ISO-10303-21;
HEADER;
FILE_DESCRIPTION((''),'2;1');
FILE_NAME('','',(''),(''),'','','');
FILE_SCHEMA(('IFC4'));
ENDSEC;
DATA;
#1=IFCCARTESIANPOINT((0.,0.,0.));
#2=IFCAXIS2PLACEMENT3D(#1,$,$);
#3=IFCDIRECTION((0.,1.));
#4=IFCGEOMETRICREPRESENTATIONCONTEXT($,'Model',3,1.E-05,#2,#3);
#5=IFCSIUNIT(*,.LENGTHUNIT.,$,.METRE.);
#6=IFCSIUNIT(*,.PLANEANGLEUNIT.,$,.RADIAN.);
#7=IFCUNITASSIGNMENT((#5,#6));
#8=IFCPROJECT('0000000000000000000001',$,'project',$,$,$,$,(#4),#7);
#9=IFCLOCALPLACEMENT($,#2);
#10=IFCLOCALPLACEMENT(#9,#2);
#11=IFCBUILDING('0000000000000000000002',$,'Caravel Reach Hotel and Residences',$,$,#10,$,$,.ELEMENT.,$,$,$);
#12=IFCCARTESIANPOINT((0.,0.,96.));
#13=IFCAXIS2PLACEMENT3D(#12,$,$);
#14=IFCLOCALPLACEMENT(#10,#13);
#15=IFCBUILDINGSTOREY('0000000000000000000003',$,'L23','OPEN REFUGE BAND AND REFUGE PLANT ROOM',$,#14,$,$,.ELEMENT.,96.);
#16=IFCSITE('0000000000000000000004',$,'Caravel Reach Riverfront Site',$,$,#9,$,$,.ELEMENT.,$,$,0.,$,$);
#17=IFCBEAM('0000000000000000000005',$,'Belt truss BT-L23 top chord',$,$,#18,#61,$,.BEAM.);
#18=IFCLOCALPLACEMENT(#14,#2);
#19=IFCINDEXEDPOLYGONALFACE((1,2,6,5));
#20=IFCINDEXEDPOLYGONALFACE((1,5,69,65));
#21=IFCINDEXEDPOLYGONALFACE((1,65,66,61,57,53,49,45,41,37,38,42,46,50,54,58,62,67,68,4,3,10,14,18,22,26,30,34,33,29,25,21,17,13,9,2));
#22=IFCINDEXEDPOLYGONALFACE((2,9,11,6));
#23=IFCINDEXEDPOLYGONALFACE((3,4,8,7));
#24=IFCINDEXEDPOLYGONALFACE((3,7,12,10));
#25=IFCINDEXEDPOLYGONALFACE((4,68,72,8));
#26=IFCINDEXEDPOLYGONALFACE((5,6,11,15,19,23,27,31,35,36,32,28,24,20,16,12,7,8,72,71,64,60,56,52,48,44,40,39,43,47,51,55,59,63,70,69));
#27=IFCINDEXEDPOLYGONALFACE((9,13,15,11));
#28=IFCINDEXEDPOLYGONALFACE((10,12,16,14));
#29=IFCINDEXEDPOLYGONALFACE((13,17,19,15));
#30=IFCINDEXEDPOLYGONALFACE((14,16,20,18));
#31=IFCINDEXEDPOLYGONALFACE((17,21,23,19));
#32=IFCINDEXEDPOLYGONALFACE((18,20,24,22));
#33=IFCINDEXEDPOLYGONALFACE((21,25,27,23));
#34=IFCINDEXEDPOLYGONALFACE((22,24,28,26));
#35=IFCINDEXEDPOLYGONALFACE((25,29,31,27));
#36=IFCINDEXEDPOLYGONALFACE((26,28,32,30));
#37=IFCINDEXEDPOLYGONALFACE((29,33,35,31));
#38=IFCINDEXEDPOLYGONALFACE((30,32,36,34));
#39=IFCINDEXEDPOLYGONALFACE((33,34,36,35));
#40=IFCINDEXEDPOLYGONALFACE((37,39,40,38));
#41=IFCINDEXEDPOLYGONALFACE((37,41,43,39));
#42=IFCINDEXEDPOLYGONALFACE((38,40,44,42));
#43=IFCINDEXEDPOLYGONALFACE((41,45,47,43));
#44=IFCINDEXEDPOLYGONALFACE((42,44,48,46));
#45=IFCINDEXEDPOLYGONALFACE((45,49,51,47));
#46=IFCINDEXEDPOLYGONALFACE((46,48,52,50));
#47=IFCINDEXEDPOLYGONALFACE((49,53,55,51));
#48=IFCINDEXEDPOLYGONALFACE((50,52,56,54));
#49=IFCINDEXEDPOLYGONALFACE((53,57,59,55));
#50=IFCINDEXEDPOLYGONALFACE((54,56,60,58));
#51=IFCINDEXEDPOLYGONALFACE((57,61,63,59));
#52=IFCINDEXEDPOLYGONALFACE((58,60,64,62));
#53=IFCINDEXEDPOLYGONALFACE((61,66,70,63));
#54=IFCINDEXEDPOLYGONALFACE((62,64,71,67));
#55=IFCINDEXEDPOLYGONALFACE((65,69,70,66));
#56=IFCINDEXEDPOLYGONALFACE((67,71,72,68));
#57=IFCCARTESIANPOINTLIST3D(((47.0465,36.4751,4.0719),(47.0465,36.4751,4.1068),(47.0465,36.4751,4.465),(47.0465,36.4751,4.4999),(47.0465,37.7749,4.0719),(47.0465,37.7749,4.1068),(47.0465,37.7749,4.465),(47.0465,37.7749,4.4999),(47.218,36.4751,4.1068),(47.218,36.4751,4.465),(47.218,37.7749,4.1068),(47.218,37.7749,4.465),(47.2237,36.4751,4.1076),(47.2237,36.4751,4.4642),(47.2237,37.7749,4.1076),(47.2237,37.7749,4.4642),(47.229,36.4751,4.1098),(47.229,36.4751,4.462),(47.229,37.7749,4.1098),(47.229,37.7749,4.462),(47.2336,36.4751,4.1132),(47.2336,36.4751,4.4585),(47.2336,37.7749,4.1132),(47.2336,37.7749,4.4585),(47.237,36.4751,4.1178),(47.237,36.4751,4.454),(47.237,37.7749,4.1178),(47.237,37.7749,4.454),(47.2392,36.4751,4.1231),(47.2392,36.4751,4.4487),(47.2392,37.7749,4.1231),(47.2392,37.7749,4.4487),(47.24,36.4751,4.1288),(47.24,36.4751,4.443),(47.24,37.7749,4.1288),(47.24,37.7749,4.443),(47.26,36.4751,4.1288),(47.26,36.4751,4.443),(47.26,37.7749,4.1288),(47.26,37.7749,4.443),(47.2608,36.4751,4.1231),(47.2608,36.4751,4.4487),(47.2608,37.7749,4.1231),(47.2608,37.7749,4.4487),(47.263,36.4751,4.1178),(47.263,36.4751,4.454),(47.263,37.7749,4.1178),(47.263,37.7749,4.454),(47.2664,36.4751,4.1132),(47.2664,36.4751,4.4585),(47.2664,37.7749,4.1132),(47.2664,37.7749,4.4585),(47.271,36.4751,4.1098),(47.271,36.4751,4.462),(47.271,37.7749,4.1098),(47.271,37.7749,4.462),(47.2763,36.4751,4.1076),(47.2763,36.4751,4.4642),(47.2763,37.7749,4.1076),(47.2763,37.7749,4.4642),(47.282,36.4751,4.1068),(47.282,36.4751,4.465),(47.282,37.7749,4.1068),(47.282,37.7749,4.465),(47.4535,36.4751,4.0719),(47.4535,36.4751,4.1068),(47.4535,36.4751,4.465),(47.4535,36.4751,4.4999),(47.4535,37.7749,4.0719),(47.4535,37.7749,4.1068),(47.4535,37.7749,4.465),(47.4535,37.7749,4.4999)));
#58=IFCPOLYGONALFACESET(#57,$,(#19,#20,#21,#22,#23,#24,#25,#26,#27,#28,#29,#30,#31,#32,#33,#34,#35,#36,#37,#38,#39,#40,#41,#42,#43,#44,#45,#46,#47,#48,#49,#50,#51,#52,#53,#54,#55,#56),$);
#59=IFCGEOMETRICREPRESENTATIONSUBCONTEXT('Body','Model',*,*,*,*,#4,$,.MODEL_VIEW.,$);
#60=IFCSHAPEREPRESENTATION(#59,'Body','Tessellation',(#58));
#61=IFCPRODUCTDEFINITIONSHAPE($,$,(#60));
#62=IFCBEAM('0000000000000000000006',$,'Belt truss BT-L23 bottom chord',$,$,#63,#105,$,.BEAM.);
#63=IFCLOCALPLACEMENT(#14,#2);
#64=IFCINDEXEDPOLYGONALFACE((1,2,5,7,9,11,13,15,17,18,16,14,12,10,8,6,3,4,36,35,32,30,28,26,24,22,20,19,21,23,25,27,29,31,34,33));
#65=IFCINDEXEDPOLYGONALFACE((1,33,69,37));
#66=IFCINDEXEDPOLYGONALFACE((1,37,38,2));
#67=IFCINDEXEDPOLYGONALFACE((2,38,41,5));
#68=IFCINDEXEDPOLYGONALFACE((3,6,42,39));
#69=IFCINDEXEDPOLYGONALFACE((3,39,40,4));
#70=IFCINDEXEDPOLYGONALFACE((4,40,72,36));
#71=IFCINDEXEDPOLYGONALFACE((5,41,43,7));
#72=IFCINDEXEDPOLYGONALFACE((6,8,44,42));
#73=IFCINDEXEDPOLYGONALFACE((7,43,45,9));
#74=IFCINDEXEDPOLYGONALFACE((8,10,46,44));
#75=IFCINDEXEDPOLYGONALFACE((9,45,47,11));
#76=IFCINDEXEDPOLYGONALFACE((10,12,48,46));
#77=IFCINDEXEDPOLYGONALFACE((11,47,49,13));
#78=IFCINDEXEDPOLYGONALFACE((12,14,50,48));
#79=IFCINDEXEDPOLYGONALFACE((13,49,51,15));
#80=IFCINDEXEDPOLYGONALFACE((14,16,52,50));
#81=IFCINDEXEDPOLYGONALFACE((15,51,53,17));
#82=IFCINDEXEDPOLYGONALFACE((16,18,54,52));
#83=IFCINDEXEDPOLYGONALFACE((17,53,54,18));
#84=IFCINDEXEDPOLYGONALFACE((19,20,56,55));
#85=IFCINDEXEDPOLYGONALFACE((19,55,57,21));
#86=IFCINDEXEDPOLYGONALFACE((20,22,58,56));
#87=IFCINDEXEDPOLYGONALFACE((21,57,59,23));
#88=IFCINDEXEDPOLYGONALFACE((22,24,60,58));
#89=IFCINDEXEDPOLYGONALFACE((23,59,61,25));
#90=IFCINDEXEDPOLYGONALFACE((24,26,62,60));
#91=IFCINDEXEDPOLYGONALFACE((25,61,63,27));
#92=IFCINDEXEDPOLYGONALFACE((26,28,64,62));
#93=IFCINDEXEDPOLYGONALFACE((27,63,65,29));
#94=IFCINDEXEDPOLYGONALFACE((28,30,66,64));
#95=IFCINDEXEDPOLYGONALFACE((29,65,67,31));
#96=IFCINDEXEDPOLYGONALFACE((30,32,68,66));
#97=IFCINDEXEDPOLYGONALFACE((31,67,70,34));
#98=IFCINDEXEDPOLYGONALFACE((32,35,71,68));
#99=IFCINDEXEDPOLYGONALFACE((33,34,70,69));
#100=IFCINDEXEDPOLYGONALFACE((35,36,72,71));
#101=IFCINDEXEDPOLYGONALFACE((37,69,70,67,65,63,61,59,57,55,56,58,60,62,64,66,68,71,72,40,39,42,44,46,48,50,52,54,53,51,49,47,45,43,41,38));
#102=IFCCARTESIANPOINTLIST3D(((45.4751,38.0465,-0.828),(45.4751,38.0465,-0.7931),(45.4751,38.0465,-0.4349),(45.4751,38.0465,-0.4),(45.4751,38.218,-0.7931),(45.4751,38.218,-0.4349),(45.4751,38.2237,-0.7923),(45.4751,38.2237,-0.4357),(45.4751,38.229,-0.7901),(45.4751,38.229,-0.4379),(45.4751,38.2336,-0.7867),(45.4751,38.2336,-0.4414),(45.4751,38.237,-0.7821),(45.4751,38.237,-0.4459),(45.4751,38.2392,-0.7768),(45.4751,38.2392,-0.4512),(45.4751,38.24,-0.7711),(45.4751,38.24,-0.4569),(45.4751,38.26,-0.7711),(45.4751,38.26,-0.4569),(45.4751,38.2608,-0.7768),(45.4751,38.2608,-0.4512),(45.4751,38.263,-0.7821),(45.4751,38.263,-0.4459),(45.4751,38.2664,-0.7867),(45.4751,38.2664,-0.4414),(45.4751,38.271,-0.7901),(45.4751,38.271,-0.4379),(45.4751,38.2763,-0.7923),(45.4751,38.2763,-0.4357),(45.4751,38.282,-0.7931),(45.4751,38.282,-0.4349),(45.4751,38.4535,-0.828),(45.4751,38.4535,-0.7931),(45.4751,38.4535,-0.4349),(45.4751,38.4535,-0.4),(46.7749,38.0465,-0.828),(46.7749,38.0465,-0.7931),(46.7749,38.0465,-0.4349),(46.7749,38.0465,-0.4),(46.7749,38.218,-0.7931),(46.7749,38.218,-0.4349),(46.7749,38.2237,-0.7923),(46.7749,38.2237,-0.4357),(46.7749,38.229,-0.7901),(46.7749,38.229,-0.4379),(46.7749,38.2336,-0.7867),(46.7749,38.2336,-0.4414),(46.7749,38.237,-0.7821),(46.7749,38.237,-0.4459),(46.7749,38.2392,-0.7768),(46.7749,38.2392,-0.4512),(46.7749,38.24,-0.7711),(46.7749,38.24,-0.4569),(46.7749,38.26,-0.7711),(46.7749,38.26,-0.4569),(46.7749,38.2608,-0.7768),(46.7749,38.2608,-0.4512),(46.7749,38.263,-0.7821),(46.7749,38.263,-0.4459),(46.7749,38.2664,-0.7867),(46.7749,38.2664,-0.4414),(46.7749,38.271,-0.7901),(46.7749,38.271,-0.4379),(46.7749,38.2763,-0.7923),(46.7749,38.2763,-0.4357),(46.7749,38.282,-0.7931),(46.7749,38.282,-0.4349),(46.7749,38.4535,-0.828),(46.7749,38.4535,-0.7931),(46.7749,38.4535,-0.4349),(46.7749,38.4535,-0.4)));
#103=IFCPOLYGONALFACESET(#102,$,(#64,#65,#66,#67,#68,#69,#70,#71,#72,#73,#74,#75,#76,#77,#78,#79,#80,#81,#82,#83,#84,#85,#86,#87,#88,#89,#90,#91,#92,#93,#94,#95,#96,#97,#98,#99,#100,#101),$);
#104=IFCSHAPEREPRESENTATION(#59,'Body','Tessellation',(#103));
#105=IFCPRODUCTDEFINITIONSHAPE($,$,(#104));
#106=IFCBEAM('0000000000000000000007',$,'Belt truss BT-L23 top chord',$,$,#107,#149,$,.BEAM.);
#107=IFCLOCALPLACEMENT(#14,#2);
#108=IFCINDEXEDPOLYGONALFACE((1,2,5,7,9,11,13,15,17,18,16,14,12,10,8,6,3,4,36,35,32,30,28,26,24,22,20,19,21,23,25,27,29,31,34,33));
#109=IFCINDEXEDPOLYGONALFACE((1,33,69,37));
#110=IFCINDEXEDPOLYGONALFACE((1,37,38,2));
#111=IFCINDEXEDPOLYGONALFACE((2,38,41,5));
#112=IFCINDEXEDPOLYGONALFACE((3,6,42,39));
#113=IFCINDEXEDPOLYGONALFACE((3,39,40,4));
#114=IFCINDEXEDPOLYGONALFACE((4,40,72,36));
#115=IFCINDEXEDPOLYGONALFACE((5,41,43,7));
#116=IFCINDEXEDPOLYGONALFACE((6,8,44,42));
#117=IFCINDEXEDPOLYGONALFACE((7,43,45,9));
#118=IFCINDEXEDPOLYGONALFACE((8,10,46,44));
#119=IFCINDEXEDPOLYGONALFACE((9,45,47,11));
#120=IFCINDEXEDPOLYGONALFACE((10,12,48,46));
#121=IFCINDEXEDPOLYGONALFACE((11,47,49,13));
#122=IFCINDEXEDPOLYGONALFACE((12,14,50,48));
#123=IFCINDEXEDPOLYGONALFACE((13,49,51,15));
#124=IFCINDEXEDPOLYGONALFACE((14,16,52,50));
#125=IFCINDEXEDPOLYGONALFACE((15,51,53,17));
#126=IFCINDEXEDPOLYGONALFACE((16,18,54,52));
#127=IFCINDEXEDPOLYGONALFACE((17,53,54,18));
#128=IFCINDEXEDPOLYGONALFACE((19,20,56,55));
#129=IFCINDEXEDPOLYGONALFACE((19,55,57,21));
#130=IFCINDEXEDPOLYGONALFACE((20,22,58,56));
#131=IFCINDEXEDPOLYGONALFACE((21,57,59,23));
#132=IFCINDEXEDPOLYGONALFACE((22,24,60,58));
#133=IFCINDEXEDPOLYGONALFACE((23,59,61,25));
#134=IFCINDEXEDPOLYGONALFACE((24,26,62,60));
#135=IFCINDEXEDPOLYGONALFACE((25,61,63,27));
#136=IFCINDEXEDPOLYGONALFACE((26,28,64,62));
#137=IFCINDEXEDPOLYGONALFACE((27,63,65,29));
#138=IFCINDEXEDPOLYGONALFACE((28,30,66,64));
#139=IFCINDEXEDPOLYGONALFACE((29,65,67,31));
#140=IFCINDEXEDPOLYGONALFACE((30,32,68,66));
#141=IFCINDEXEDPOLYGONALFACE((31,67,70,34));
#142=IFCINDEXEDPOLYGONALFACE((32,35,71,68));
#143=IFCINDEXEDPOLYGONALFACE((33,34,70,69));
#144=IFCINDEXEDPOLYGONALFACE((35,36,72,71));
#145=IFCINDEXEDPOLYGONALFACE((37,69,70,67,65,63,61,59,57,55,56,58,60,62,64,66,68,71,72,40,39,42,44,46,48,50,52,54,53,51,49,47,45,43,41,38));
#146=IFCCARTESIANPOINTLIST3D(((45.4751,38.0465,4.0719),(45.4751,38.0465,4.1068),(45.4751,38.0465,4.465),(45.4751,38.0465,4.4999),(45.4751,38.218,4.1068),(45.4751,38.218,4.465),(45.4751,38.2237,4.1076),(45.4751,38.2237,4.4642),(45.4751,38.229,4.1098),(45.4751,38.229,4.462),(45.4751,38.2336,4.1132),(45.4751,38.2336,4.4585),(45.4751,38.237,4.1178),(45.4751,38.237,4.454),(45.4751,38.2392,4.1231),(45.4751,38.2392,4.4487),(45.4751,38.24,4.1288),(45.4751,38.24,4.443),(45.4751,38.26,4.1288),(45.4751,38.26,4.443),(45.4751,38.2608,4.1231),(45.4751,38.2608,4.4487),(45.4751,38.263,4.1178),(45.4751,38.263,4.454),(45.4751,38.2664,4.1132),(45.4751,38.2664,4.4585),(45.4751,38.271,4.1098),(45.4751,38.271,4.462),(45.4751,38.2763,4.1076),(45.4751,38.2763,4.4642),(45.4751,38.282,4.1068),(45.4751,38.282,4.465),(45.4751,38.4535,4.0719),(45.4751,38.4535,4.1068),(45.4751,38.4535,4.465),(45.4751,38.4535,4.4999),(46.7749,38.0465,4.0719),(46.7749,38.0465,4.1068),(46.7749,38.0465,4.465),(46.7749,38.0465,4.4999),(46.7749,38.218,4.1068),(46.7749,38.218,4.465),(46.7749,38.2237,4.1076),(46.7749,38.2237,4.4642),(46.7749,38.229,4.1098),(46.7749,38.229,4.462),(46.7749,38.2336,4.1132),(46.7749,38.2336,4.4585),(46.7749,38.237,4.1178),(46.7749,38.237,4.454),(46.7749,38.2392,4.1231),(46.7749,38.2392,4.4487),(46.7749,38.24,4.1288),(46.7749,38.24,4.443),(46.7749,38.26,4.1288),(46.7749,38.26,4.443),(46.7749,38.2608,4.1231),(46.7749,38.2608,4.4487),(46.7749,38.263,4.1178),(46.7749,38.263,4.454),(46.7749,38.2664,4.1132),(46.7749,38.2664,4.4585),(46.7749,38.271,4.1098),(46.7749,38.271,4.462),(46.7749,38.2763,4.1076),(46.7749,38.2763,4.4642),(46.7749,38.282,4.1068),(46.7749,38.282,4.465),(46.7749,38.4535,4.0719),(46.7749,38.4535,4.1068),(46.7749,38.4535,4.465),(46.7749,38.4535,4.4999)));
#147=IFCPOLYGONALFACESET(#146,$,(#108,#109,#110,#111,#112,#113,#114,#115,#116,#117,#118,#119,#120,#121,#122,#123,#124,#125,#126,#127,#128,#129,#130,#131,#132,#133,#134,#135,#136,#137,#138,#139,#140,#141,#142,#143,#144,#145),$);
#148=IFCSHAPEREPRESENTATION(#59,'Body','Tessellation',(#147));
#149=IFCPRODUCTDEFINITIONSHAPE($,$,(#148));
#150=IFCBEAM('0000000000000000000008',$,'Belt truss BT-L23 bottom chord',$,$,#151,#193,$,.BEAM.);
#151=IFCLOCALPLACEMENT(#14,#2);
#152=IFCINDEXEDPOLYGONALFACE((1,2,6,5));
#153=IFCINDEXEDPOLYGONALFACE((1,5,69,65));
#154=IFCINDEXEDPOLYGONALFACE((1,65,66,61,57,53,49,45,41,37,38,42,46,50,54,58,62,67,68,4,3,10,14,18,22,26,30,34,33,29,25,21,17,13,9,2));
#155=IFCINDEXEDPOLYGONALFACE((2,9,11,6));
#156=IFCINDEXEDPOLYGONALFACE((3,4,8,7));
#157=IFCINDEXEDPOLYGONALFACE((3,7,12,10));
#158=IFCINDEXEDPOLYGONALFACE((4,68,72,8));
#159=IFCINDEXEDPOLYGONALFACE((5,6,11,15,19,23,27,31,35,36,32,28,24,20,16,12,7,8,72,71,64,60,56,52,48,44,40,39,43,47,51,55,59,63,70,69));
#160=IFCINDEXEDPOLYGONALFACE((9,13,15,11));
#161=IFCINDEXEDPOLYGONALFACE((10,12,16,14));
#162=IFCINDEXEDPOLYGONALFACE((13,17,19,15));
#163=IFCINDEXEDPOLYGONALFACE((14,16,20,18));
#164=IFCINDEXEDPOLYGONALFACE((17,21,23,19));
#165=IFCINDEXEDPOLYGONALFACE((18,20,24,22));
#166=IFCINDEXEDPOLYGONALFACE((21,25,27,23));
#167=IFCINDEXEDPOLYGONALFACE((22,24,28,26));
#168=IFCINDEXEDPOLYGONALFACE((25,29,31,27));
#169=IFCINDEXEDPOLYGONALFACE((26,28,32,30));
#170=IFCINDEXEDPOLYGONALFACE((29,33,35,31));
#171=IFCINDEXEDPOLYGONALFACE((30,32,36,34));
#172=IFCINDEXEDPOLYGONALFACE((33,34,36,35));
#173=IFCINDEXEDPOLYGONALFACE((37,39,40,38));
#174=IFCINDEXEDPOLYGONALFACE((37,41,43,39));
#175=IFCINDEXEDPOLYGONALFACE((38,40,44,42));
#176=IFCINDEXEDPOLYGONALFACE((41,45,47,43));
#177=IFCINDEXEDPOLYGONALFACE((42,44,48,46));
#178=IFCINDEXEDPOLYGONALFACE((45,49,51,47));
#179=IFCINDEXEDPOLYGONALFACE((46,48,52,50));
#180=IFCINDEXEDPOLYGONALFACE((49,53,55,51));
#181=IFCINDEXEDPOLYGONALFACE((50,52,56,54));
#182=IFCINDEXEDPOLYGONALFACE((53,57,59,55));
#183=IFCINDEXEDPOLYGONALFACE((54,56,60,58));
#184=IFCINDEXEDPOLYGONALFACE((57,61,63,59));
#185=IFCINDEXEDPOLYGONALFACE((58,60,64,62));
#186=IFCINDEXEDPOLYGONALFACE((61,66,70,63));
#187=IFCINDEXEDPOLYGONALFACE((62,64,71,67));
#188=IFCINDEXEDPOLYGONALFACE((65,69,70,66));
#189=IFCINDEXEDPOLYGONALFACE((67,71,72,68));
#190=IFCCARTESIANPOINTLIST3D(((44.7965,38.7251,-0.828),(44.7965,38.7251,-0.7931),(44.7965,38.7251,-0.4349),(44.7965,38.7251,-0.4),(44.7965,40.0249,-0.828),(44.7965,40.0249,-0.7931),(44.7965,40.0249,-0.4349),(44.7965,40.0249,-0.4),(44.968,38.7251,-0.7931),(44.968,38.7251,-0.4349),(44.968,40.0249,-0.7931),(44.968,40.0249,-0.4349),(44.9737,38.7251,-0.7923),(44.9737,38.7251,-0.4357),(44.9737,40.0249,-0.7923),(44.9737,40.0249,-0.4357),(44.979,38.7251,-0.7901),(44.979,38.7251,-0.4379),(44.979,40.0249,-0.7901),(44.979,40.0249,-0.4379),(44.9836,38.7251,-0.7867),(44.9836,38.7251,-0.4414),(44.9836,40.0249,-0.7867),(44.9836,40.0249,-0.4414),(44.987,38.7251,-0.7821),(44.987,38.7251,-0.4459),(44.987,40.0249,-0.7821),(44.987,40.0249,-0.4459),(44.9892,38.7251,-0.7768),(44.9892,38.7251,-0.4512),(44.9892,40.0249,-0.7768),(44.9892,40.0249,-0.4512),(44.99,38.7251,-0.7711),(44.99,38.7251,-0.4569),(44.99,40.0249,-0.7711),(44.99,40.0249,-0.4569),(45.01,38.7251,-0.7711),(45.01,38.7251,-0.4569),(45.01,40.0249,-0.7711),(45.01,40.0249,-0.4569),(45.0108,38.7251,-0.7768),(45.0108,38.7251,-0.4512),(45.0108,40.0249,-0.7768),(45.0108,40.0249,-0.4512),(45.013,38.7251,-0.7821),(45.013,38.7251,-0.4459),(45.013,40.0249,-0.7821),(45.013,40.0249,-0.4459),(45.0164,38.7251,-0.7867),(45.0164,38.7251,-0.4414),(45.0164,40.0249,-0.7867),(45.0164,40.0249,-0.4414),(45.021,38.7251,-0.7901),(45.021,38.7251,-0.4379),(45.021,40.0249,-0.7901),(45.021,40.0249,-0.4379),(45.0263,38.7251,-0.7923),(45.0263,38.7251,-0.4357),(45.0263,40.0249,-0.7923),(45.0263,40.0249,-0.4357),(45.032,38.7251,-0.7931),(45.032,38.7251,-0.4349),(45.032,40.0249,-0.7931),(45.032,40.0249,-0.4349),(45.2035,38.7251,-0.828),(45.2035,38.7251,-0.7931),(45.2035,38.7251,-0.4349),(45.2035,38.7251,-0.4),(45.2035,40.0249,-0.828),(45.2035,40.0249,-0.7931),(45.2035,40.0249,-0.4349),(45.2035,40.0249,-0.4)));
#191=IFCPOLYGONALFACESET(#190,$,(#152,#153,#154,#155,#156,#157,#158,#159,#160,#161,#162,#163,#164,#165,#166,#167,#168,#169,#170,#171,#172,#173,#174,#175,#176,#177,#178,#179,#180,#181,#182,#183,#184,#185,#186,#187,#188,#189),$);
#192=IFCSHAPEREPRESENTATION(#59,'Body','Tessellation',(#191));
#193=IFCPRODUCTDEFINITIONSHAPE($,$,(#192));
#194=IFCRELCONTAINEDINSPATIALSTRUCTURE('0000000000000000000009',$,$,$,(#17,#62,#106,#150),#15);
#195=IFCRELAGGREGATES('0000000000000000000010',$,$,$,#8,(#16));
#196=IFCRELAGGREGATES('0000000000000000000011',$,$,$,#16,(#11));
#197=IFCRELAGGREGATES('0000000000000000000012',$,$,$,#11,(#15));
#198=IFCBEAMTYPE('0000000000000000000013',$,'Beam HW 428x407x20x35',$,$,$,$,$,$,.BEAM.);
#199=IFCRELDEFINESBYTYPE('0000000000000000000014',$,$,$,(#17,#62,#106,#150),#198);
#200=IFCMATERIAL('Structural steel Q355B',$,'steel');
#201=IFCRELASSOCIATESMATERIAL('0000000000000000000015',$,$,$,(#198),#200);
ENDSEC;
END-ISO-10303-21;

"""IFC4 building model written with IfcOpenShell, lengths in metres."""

from ifc_helpers import new_model, si_unit, direction, frame, origin, origin_2d, place, context, subcontext, project, spatial, i_section, extrude, material, material_profile, profile_set, type_object, element, save


model = new_model("IFC4")

# Units and contexts
model_context = context("Model", 3, precision=1e-05, world=origin(), true_north=direction((0.0, 1.0)))
body_context = subcontext(model_context, "Body", "Model", "MODEL_VIEW")
ifc_project = project(units=[si_unit("LENGTHUNIT", "METRE"), si_unit("PLANEANGLEUNIT", "RADIAN")], contexts=[model_context])

# Site, building, storey
site_placement = place(None, origin())
site = spatial("IfcSite", under=ifc_project, at=site_placement, Name="Caravel Reach Riverfront Site", CompositionType="ELEMENT", RefElevation=0.0)
building_placement = place(site_placement, origin())
building = spatial("IfcBuilding", under=site, at=building_placement, Name="Caravel Reach Hotel and Residences", CompositionType="ELEMENT")
storey_placement = place(building_placement, frame((0.0, 0.0, 96.0)))
storey = spatial("IfcBuildingStorey", under=building, at=storey_placement, Name="L23", Description="OPEN REFUGE BAND AND REFUGE PLANT ROOM", CompositionType="ELEMENT", Elevation=96.0)

# Beams
ifc_material_1 = material(Name="Structural steel Q355B", Category="steel")
ifc_material_profile_1 = material_profile(ifc_material_1, i_section(OverallWidth=0.407, OverallDepth=0.428, WebThickness=0.02, FlangeThickness=0.0349, FilletRadius=0.022, at=origin_2d()), Name="HW 428x407x20x35")
ifc_profile_set_1 = profile_set([ifc_material_profile_1], Name="Structural steel Q355B")
beam_type_1 = type_object("IfcBeamType", Name="Beam HW 428x407x20x35", PredefinedType="BEAM", material=ifc_profile_set_1)
for number, where, z_axis, x_axis, name in (
    (1, (47.25, 36.4751, 4.2859), (0.0, 1.0, 0.0), (-1.0, 0.0, 0.0), "Belt truss BT-L23 top chord"),
    (2, (46.7749, 38.25, -0.614), (-1.0, 0.0, 0.0), (0.0, -1.0, 0.0), "Belt truss BT-L23 bottom chord"),
    (3, (46.7749, 38.25, 4.2859), (-1.0, 0.0, 0.0), (0.0, -1.0, 0.0), "Belt truss BT-L23 top chord"),
    (4, (45.0, 38.7251, -0.614), (0.0, 1.0, 0.0), (-1.0, 0.0, 0.0), "Belt truss BT-L23 bottom chord"),
):
    element("IfcBeam", number, at=place(storey_placement, frame(where, z_axis=z_axis, x_axis=x_axis)), inside=storey, type_object=beam_type_1, Name=name, PredefinedType="BEAM", context=body_context, shape_type="SweptSolid", body=[
        extrude(i_section(OverallWidth=0.407, OverallDepth=0.428, WebThickness=0.02, FlangeThickness=0.0349, FilletRadius=0.022, at=origin_2d()), origin(), (0.0, 0.0, 1.0), 1.2998),
    ])

save(model, "model.ifc")
